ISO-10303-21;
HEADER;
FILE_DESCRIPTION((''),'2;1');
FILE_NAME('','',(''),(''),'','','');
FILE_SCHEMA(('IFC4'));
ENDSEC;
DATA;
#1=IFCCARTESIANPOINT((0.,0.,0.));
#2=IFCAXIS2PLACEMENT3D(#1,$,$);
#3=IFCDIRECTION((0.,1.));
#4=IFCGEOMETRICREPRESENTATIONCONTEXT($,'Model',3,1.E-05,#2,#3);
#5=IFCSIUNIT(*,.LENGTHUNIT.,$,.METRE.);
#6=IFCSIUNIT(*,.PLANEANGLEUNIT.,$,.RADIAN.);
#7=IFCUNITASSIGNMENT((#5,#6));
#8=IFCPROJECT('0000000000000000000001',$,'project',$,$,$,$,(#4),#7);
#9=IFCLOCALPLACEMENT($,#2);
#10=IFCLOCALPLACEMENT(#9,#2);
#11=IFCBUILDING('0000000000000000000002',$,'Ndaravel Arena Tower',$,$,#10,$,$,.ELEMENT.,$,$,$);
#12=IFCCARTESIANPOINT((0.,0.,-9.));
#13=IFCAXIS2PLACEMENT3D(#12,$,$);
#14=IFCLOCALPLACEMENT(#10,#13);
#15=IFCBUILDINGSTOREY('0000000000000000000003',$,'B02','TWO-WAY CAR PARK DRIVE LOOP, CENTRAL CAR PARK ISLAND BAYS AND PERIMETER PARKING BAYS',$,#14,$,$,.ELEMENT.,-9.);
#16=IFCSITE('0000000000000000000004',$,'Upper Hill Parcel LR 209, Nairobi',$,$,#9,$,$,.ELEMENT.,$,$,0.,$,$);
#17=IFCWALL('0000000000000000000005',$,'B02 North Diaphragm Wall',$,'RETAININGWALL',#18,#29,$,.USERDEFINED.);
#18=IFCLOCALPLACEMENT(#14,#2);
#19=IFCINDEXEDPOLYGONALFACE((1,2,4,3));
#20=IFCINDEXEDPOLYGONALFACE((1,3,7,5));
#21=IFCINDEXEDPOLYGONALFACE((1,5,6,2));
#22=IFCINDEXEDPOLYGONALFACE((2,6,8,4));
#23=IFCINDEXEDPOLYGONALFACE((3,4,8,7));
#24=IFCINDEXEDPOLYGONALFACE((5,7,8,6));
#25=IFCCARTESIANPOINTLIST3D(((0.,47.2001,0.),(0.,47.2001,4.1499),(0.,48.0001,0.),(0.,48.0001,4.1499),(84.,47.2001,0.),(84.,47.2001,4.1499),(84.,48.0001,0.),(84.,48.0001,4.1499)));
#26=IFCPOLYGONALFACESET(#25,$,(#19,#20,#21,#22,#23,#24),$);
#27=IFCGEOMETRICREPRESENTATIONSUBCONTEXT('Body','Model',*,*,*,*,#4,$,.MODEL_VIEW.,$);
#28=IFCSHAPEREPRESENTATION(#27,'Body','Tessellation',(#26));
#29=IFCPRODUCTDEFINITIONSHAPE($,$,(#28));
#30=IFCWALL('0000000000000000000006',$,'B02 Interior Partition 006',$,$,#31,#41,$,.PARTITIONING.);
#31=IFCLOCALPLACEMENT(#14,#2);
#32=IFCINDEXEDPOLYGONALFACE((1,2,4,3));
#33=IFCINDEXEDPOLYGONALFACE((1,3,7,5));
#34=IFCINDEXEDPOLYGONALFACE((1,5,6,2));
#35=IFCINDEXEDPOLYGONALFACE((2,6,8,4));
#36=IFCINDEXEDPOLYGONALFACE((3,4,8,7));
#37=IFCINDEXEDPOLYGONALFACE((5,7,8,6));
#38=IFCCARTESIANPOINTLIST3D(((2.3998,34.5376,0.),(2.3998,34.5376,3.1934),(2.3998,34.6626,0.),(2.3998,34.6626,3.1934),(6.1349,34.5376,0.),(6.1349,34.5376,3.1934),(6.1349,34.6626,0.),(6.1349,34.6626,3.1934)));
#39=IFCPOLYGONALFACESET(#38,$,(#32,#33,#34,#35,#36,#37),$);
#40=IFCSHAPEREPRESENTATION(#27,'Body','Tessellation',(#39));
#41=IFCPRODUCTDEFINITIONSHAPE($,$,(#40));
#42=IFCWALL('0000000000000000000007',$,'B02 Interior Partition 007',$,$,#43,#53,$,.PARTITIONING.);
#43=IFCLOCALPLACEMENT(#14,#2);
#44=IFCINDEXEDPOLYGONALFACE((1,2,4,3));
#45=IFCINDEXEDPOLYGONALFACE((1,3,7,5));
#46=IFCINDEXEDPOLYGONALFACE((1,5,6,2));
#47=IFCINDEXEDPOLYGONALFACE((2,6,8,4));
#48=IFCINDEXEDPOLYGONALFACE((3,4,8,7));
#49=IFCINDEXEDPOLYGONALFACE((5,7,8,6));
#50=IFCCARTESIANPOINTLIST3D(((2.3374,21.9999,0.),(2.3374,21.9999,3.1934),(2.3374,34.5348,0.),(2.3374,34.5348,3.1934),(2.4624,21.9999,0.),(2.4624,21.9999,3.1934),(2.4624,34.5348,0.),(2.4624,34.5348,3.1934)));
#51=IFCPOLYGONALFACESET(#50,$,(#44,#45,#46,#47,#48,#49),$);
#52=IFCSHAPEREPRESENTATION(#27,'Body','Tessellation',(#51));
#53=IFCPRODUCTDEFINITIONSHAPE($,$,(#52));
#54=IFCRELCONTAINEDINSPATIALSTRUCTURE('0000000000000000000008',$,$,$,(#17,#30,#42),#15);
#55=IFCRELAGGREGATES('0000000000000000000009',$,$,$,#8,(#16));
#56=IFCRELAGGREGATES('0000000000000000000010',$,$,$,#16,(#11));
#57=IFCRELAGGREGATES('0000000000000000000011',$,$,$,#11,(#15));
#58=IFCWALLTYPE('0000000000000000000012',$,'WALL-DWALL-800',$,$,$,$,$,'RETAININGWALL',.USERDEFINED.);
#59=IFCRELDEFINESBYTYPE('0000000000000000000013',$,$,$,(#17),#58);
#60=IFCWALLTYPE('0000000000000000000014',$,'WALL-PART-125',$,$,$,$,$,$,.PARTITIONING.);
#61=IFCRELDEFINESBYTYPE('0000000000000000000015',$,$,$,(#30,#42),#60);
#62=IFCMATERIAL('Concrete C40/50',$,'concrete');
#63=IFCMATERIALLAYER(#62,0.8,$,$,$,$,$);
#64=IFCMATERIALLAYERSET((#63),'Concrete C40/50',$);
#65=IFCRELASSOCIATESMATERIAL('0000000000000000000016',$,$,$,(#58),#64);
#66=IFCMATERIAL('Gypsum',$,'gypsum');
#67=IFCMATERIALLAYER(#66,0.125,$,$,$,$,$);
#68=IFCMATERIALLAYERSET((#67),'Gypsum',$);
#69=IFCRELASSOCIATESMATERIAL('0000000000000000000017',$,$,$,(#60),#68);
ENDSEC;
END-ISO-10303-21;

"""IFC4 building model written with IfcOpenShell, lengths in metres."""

from ifc_helpers import new_model, si_unit, direction, frame, frame_2d, origin, place, context, subcontext, project, spatial, rectangle, extrude, material, layer, layer_set, type_object, element, save


model = new_model("IFC4")

# Units and contexts
model_context = context("Model", 3, precision=1e-05, world=origin(), true_north=direction((0.0, 1.0)))
body_context = subcontext(model_context, "Body", "Model", "MODEL_VIEW")
ifc_project = project(units=[si_unit("LENGTHUNIT", "METRE"), si_unit("PLANEANGLEUNIT", "RADIAN")], contexts=[model_context])

# Site, building, storey
site_placement = place(None, origin())
site = spatial("IfcSite", under=ifc_project, at=site_placement, Name="Upper Hill Parcel LR 209, Nairobi", CompositionType="ELEMENT", RefElevation=0.0)
building_placement = place(site_placement, origin())
building = spatial("IfcBuilding", under=site, at=building_placement, Name="Ndaravel Arena Tower", CompositionType="ELEMENT")
storey_placement = place(building_placement, frame((0.0, 0.0, -9.0)))
storey = spatial("IfcBuildingStorey", under=building, at=storey_placement, Name="B02", Description="TWO-WAY CAR PARK DRIVE LOOP, CENTRAL CAR PARK ISLAND BAYS AND PERIMETER PARKING BAYS", CompositionType="ELEMENT", Elevation=-9.0)

# Walls
ifc_material_1 = material(Name="Concrete C40/50", Category="concrete")
ifc_layer_1 = layer(ifc_material_1, 0.8)
ifc_layer_set_1 = layer_set([ifc_layer_1], Name="Concrete C40/50")
wall_type_1 = type_object("IfcWallType", Name="WALL-DWALL-800", ElementType="RETAININGWALL", PredefinedType="USERDEFINED", material=ifc_layer_set_1)
wall_1_placement = place(storey_placement, frame((0.0, 47.6001, 0.0), z_axis=(0.0, 0.0, 1.0), x_axis=(1.0, 0.0, 0.0)))
element("IfcWall", 1, at=wall_1_placement, inside=storey, type_object=wall_type_1, Name="B02 North Diaphragm Wall", ObjectType="RETAININGWALL", PredefinedType="USERDEFINED", context=body_context, shape_type="SweptSolid", body=[
    extrude(rectangle(XDim=84.0, YDim=0.8, at=frame_2d((42.0, 0.0))), origin(), (0.0, 0.0, 1.0), 4.1499),
])
ifc_material_2 = material(Name="Gypsum", Category="gypsum")
ifc_layer_2 = layer(ifc_material_2, 0.125)
ifc_layer_set_2 = layer_set([ifc_layer_2], Name="Gypsum")
wall_type_2 = type_object("IfcWallType", Name="WALL-PART-125", PredefinedType="PARTITIONING", material=ifc_layer_set_2)
wall_2_placement = place(storey_placement, frame((6.135, 34.6001, 0.0), z_axis=(0.0, 0.0, 1.0), x_axis=(-1.0, 0.0, 0.0)))
element("IfcWall", 2, at=wall_2_placement, inside=storey, type_object=wall_type_2, Name="B02 Interior Partition 006", PredefinedType="PARTITIONING", context=body_context, shape_type="SweptSolid", body=[
    extrude(rectangle(XDim=3.7351, YDim=0.125, at=frame_2d((1.8677, 0.0))), origin(), (0.0, 0.0, 1.0), 3.1934),
])
wall_3_placement = place(storey_placement, frame((2.3999, 34.5349, 0.0), z_axis=(0.0, 0.0, 1.0), x_axis=(0.0, -1.0, 0.0)))
element("IfcWall", 3, at=wall_3_placement, inside=storey, type_object=wall_type_2, Name="B02 Interior Partition 007", PredefinedType="PARTITIONING", context=body_context, shape_type="SweptSolid", body=[
    extrude(rectangle(XDim=12.5349, YDim=0.125, at=frame_2d((6.2676, 0.0))), origin(), (0.0, 0.0, 1.0), 3.1934),
])

save(model, "model.ifc")
